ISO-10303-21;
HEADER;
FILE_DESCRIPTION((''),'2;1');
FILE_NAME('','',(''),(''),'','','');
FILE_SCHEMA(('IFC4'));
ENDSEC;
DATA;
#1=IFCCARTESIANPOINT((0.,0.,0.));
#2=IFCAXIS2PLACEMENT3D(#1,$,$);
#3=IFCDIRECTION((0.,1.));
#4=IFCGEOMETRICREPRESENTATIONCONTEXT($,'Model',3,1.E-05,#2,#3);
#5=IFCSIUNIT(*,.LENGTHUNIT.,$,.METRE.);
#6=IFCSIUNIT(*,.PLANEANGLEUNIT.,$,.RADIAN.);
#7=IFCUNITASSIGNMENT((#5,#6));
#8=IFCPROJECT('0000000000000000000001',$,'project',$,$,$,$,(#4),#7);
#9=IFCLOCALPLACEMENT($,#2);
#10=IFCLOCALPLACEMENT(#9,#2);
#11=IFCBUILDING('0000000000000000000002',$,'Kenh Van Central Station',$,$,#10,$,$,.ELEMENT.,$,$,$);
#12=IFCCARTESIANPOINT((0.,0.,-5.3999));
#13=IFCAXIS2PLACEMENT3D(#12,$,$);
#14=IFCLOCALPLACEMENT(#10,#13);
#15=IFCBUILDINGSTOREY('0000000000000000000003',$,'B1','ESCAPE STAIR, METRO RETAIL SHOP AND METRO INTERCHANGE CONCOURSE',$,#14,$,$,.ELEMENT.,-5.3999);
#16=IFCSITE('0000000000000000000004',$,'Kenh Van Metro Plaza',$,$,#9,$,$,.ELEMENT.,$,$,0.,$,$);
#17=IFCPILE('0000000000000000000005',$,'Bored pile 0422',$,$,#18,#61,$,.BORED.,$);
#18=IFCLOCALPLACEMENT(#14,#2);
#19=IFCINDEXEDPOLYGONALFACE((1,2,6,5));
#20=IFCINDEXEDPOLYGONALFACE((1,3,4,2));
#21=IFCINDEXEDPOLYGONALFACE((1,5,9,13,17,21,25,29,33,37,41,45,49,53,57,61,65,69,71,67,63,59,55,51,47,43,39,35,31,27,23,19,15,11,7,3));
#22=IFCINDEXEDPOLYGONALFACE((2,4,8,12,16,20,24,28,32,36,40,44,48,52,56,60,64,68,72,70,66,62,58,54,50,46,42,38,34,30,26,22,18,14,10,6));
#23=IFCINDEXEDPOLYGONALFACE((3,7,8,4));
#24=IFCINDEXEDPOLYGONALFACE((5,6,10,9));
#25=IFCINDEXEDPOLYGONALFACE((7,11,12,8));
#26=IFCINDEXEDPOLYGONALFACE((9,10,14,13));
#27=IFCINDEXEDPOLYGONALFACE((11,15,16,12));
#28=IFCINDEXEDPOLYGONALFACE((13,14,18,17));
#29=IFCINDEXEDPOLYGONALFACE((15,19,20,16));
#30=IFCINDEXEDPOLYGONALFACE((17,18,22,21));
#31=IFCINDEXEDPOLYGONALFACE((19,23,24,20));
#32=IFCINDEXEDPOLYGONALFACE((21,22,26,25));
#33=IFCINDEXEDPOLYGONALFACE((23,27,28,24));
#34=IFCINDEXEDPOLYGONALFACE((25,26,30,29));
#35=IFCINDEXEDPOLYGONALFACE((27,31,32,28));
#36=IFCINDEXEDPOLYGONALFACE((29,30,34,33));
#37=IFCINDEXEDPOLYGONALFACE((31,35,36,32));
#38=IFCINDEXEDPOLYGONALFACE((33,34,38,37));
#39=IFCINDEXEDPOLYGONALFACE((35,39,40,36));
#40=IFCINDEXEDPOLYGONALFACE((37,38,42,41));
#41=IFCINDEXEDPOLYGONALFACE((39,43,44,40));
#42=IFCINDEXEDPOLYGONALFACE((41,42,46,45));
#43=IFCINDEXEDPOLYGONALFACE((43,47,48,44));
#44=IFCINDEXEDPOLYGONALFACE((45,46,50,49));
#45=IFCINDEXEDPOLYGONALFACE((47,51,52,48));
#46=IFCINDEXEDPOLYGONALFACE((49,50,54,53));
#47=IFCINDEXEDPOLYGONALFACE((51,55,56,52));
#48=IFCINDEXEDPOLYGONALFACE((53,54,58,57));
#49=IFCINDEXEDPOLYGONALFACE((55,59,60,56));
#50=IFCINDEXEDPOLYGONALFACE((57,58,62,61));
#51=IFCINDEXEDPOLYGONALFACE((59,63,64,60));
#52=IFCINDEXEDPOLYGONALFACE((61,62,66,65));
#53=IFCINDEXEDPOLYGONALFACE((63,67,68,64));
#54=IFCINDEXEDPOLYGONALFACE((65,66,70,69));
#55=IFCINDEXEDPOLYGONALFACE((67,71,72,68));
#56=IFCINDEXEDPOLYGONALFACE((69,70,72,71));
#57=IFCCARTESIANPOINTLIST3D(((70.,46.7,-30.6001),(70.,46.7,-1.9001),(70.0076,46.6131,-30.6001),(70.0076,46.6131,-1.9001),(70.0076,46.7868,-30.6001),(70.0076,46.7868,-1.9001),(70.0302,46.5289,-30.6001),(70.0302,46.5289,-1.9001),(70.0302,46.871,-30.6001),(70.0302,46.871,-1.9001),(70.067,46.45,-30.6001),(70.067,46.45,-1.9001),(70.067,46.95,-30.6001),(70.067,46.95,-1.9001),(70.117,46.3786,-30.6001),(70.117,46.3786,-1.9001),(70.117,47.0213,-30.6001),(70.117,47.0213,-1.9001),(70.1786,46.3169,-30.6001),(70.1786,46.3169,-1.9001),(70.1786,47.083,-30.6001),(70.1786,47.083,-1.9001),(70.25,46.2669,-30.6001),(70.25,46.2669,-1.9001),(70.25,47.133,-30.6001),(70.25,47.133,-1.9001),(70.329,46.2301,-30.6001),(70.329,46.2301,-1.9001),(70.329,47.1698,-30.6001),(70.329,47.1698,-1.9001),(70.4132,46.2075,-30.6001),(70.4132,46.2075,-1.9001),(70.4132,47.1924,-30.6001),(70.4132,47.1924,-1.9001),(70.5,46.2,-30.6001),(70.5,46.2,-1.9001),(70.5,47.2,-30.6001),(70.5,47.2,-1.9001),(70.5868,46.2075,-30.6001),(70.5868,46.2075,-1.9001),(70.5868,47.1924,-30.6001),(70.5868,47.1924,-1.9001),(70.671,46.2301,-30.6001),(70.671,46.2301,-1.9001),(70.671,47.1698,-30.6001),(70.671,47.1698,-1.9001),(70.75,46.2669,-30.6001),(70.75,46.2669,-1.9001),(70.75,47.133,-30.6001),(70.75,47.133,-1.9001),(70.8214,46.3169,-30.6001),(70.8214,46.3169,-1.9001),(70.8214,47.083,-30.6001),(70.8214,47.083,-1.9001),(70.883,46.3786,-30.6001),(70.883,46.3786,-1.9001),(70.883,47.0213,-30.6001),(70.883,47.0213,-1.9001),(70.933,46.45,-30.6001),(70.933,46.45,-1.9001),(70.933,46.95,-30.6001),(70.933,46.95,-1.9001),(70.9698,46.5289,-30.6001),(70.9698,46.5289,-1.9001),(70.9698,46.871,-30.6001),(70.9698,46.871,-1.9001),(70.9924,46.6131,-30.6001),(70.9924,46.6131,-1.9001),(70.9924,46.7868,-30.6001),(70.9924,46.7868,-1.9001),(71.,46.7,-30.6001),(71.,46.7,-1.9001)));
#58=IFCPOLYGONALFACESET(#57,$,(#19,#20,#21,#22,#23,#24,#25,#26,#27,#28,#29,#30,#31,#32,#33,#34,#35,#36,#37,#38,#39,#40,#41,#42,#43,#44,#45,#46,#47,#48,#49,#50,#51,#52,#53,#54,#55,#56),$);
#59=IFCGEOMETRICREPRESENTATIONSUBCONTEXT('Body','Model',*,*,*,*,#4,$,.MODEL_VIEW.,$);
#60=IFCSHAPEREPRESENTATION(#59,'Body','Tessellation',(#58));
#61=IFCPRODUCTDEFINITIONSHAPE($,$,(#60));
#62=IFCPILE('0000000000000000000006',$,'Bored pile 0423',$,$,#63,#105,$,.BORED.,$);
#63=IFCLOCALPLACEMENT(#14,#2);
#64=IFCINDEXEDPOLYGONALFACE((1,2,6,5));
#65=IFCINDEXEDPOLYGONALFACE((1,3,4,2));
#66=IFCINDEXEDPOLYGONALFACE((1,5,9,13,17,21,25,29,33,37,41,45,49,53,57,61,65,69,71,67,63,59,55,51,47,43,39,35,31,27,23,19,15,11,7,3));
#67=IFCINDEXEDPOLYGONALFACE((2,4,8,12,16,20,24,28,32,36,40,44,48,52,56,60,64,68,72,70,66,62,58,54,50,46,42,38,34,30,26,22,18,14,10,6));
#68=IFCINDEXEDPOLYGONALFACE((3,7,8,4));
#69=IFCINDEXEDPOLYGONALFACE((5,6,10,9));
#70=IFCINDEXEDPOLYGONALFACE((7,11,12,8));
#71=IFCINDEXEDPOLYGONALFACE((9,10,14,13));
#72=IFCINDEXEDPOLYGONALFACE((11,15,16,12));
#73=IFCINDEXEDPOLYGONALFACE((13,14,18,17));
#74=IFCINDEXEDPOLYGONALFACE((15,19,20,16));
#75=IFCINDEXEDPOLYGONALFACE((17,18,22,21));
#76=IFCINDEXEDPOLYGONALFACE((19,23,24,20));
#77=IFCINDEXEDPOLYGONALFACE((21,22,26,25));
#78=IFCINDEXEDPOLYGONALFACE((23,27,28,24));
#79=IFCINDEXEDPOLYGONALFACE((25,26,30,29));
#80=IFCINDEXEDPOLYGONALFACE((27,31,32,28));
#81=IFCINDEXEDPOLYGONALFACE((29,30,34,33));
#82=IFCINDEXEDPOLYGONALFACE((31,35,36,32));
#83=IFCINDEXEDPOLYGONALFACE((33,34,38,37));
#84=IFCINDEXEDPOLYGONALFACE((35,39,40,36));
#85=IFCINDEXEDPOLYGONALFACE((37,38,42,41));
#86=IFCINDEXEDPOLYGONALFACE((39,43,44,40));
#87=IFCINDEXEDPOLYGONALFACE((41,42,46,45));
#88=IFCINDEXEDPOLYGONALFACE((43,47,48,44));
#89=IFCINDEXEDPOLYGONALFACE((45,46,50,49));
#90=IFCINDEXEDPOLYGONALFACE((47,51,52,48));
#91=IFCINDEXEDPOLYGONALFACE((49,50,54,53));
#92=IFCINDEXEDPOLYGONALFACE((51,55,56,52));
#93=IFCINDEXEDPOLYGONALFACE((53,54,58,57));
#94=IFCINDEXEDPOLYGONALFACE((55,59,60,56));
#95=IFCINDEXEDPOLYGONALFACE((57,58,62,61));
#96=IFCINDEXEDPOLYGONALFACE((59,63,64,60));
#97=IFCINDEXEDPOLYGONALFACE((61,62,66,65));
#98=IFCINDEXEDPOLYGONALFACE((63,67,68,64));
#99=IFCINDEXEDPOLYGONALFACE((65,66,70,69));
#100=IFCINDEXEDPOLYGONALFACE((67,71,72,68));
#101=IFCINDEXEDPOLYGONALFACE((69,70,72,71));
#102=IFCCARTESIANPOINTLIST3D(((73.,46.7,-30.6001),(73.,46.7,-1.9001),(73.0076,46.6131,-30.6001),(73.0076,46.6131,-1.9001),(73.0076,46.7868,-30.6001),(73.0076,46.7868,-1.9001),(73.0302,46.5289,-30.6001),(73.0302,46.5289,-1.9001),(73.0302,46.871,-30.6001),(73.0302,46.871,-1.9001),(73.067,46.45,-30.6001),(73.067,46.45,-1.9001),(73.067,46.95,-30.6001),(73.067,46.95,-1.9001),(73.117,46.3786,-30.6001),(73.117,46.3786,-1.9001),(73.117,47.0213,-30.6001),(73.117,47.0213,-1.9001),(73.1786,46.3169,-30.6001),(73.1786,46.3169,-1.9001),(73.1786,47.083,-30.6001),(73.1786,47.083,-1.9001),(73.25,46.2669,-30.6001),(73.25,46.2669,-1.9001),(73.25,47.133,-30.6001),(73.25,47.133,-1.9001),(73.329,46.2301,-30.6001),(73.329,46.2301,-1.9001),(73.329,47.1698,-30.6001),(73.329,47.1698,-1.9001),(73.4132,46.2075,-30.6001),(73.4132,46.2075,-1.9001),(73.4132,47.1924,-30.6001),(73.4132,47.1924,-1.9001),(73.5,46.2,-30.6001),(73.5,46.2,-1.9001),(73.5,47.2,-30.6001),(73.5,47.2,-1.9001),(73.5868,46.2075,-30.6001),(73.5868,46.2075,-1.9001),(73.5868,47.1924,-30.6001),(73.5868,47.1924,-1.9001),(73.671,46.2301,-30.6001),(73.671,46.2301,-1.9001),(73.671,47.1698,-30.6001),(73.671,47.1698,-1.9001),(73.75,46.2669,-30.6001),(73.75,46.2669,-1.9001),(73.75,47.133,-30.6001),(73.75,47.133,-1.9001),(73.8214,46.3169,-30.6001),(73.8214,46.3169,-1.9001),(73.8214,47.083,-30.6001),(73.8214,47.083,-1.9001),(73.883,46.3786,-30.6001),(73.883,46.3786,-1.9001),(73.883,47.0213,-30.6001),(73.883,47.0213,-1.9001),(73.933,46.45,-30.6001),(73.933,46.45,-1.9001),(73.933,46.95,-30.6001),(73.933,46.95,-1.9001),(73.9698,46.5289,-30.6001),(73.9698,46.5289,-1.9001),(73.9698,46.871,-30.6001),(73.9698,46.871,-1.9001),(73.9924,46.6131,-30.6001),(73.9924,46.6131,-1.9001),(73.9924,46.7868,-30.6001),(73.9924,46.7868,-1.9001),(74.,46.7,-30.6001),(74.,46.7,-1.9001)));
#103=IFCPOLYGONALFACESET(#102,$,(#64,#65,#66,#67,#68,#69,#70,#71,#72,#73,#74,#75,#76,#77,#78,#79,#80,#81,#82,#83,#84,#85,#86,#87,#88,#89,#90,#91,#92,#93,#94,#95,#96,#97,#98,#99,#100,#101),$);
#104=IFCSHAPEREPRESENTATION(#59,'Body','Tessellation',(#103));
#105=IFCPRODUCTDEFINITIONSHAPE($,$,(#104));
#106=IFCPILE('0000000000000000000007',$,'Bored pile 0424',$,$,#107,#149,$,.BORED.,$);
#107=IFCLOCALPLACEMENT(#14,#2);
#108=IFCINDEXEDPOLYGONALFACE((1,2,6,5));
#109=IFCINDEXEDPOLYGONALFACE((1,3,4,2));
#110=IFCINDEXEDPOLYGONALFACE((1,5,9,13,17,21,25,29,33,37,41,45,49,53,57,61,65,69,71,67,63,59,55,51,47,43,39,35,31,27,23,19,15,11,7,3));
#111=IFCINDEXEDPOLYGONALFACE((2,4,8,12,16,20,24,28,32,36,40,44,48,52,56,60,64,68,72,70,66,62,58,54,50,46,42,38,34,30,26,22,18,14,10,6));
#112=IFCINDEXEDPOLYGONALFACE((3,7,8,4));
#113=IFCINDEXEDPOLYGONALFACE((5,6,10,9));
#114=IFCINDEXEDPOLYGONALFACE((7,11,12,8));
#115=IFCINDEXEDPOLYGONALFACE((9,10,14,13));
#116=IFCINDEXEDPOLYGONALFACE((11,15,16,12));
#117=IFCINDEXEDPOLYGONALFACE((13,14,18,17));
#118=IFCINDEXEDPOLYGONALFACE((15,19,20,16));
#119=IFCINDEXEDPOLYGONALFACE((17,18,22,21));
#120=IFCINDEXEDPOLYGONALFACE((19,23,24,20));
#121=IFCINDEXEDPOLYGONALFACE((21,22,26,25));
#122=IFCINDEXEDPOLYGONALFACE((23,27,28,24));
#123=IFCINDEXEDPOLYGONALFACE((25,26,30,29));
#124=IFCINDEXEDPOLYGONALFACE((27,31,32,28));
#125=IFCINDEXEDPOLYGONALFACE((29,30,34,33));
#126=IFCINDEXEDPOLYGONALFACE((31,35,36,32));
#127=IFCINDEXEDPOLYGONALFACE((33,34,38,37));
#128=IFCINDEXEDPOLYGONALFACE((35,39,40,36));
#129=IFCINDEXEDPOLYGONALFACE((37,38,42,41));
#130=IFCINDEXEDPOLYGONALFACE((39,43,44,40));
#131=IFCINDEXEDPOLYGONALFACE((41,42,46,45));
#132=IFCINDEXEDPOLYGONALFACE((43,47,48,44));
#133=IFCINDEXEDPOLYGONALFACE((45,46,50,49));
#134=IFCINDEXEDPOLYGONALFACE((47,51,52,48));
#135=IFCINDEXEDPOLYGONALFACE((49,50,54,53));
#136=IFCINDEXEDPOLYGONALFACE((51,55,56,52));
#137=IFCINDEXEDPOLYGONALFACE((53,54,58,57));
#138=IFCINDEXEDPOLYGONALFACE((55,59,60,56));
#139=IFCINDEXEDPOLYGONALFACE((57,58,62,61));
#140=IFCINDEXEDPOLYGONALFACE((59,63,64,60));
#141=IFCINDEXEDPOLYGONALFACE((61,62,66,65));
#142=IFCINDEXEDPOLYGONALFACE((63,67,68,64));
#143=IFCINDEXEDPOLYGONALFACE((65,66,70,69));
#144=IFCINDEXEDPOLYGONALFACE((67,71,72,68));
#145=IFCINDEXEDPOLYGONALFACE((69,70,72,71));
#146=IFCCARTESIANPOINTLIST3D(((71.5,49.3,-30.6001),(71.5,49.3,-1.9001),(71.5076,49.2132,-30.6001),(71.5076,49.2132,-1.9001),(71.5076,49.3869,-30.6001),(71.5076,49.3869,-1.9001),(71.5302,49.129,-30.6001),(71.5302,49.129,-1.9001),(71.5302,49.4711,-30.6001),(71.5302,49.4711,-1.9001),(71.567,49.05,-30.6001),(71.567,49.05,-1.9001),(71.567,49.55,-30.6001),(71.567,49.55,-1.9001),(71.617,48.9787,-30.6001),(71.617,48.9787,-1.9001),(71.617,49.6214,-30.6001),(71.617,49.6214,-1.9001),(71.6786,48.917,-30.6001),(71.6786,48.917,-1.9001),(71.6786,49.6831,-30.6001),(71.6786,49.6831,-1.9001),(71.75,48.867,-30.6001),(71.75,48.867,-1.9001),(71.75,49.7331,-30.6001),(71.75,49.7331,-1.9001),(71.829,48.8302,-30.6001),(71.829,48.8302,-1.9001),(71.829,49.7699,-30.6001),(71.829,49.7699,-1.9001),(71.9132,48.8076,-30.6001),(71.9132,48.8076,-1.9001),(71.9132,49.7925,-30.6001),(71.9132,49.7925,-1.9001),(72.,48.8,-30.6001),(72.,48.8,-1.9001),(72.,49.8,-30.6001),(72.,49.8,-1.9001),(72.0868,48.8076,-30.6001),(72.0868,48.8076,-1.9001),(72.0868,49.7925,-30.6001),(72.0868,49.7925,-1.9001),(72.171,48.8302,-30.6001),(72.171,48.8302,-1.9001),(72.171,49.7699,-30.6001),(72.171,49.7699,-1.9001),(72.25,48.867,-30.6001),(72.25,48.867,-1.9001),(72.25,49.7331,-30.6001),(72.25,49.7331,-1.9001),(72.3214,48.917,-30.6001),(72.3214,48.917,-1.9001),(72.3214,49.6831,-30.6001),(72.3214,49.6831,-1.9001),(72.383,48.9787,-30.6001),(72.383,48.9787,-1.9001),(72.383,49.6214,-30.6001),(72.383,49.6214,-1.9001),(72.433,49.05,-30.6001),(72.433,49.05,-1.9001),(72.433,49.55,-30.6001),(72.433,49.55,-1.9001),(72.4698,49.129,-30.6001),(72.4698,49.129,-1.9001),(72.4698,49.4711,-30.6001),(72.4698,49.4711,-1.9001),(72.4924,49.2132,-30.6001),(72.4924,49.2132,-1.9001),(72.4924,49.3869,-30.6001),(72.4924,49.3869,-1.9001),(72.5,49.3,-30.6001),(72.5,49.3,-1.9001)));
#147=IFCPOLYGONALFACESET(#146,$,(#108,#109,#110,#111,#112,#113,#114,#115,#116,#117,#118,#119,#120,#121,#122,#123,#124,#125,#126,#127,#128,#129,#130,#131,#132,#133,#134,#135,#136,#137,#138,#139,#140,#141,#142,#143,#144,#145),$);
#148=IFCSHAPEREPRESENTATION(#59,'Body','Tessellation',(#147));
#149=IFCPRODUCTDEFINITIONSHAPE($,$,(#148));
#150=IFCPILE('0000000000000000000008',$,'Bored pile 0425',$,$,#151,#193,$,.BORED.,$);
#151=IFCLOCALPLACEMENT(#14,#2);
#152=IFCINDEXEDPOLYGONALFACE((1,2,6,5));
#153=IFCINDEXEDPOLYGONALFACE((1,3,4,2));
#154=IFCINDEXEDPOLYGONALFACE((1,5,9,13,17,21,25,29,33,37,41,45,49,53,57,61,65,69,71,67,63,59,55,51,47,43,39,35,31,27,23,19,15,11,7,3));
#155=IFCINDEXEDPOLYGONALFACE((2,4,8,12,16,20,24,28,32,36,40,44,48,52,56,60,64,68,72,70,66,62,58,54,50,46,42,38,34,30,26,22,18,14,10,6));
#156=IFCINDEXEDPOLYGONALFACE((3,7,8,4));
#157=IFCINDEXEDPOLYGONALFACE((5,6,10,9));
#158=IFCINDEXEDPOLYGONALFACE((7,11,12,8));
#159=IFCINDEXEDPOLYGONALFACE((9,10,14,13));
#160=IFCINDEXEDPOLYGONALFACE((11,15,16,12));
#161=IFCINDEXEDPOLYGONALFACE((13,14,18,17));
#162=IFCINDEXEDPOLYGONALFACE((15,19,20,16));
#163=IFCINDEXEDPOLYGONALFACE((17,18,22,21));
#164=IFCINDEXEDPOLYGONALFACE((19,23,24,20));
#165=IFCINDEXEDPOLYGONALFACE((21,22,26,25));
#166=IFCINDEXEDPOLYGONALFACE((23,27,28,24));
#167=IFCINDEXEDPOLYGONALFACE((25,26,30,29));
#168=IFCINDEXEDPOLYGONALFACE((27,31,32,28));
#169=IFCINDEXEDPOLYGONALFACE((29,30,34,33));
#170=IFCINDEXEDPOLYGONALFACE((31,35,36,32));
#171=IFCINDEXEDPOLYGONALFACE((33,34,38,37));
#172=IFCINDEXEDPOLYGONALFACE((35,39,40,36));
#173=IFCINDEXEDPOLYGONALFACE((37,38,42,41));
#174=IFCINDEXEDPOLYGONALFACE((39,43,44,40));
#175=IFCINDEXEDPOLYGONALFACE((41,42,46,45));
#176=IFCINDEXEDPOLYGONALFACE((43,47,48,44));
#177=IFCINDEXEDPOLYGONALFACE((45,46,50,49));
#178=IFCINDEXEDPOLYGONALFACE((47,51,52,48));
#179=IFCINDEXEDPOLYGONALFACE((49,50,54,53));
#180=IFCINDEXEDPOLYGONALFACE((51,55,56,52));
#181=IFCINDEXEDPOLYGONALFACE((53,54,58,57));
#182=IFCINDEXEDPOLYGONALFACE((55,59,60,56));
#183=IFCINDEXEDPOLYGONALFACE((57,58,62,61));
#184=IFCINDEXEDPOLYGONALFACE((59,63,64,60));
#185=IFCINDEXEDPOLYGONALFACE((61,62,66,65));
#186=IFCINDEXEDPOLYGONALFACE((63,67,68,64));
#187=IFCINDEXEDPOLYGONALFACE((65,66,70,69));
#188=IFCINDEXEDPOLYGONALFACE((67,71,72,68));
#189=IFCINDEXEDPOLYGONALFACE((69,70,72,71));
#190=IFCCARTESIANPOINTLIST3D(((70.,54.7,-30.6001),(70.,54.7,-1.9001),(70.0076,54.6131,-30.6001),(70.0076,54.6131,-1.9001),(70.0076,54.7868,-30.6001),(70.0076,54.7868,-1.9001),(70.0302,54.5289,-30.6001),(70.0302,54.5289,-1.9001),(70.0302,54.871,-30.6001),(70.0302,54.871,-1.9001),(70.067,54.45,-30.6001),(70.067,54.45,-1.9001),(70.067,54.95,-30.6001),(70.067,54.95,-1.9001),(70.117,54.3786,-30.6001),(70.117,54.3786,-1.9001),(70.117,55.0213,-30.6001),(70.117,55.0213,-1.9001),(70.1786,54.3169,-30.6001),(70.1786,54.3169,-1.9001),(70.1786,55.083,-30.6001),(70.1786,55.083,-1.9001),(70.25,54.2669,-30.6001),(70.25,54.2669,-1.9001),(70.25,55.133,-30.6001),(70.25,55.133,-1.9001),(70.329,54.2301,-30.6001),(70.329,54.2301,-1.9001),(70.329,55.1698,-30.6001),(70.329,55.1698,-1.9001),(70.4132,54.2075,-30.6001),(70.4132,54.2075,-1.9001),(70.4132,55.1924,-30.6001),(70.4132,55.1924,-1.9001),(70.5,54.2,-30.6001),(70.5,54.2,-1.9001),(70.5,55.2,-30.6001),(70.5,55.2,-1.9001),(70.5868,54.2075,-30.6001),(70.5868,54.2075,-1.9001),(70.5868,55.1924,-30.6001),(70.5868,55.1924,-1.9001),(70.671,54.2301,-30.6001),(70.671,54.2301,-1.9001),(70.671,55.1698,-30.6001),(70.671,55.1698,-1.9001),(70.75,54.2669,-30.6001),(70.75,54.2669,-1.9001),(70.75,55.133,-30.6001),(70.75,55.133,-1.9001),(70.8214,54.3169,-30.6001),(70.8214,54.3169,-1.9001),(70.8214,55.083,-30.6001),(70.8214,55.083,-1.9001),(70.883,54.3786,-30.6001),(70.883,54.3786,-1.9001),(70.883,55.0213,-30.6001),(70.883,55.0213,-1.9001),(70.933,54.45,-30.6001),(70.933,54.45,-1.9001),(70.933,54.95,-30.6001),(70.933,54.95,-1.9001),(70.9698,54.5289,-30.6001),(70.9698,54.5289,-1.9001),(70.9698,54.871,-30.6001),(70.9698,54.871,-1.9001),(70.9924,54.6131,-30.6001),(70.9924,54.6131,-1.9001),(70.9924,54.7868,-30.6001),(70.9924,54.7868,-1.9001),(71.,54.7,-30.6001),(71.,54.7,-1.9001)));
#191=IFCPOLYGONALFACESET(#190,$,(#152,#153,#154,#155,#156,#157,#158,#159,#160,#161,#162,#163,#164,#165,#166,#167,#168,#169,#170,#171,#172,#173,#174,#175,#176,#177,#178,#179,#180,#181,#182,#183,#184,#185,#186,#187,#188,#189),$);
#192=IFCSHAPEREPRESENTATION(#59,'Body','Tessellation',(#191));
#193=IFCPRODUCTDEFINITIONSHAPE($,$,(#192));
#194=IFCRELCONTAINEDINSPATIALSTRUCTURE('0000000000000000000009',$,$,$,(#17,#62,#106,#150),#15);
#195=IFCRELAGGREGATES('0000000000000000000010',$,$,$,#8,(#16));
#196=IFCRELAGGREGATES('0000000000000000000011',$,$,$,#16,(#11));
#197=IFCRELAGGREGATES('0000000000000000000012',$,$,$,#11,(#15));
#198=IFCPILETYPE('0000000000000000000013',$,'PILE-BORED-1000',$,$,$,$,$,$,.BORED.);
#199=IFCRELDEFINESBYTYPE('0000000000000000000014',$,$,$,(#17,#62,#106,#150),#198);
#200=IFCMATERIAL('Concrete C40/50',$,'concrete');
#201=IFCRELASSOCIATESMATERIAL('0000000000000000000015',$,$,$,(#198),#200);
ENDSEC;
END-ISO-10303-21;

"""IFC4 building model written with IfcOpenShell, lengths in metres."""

from ifc_helpers import new_model, si_unit, direction, frame, origin, origin_2d, place, context, subcontext, project, spatial, circle, extrude, material, material_profile, profile_set, type_object, element, save


model = new_model("IFC4")

# Units and contexts
model_context = context("Model", 3, precision=1e-05, world=origin(), true_north=direction((0.0, 1.0)))
body_context = subcontext(model_context, "Body", "Model", "MODEL_VIEW")
ifc_project = project(units=[si_unit("LENGTHUNIT", "METRE"), si_unit("PLANEANGLEUNIT", "RADIAN")], contexts=[model_context])

# Site, building, storey
site_placement = place(None, origin())
site = spatial("IfcSite", under=ifc_project, at=site_placement, Name="Kenh Van Metro Plaza", CompositionType="ELEMENT", RefElevation=0.0)
building_placement = place(site_placement, origin())
building = spatial("IfcBuilding", under=site, at=building_placement, Name="Kenh Van Central Station", CompositionType="ELEMENT")
storey_placement = place(building_placement, frame((0.0, 0.0, -5.3999)))
storey = spatial("IfcBuildingStorey", under=building, at=storey_placement, Name="B1", Description="ESCAPE STAIR, METRO RETAIL SHOP AND METRO INTERCHANGE CONCOURSE", CompositionType="ELEMENT", Elevation=-5.3999)

# Shared definitions
ifc_material = material(Name="Concrete C40/50", Category="concrete")

# Piles
ifc_material_profile_1 = material_profile(ifc_material, circle(Radius=0.5, at=origin_2d()), Name="PILE D1000")
ifc_profile_set_1 = profile_set([ifc_material_profile_1], Name="Concrete C40/50")
pile_type = type_object("IfcPileType", Name="PILE-BORED-1000", PredefinedType="BORED", material=ifc_profile_set_1)
for number, where, z_axis, x_axis, name in (
    (1, (70.5, 46.7, -1.9001), (0.0, 0.0, -1.0), (1.0, 0.0, 0.0), "Bored pile 0422"),
    (2, (73.5, 46.7, -1.9001), (0.0, 0.0, -1.0), (1.0, 0.0, 0.0), "Bored pile 0423"),
    (3, (72.0, 49.3, -1.9001), (0.0, 0.0, -1.0), (1.0, 0.0, 0.0), "Bored pile 0424"),
    (4, (70.5, 54.7, -1.9001), (0.0, 0.0, -1.0), (1.0, 0.0, 0.0), "Bored pile 0425"),
):
    element("IfcPile", number, at=place(storey_placement, frame(where, z_axis=z_axis, x_axis=x_axis)), inside=storey, type_object=pile_type, Name=name, PredefinedType="BORED", context=body_context, shape_type="SweptSolid", body=[
        extrude(circle(Radius=0.5, at=origin_2d()), origin(), (0.0, 0.0, 1.0), 28.7),
    ])

save(model, "model.ifc")
